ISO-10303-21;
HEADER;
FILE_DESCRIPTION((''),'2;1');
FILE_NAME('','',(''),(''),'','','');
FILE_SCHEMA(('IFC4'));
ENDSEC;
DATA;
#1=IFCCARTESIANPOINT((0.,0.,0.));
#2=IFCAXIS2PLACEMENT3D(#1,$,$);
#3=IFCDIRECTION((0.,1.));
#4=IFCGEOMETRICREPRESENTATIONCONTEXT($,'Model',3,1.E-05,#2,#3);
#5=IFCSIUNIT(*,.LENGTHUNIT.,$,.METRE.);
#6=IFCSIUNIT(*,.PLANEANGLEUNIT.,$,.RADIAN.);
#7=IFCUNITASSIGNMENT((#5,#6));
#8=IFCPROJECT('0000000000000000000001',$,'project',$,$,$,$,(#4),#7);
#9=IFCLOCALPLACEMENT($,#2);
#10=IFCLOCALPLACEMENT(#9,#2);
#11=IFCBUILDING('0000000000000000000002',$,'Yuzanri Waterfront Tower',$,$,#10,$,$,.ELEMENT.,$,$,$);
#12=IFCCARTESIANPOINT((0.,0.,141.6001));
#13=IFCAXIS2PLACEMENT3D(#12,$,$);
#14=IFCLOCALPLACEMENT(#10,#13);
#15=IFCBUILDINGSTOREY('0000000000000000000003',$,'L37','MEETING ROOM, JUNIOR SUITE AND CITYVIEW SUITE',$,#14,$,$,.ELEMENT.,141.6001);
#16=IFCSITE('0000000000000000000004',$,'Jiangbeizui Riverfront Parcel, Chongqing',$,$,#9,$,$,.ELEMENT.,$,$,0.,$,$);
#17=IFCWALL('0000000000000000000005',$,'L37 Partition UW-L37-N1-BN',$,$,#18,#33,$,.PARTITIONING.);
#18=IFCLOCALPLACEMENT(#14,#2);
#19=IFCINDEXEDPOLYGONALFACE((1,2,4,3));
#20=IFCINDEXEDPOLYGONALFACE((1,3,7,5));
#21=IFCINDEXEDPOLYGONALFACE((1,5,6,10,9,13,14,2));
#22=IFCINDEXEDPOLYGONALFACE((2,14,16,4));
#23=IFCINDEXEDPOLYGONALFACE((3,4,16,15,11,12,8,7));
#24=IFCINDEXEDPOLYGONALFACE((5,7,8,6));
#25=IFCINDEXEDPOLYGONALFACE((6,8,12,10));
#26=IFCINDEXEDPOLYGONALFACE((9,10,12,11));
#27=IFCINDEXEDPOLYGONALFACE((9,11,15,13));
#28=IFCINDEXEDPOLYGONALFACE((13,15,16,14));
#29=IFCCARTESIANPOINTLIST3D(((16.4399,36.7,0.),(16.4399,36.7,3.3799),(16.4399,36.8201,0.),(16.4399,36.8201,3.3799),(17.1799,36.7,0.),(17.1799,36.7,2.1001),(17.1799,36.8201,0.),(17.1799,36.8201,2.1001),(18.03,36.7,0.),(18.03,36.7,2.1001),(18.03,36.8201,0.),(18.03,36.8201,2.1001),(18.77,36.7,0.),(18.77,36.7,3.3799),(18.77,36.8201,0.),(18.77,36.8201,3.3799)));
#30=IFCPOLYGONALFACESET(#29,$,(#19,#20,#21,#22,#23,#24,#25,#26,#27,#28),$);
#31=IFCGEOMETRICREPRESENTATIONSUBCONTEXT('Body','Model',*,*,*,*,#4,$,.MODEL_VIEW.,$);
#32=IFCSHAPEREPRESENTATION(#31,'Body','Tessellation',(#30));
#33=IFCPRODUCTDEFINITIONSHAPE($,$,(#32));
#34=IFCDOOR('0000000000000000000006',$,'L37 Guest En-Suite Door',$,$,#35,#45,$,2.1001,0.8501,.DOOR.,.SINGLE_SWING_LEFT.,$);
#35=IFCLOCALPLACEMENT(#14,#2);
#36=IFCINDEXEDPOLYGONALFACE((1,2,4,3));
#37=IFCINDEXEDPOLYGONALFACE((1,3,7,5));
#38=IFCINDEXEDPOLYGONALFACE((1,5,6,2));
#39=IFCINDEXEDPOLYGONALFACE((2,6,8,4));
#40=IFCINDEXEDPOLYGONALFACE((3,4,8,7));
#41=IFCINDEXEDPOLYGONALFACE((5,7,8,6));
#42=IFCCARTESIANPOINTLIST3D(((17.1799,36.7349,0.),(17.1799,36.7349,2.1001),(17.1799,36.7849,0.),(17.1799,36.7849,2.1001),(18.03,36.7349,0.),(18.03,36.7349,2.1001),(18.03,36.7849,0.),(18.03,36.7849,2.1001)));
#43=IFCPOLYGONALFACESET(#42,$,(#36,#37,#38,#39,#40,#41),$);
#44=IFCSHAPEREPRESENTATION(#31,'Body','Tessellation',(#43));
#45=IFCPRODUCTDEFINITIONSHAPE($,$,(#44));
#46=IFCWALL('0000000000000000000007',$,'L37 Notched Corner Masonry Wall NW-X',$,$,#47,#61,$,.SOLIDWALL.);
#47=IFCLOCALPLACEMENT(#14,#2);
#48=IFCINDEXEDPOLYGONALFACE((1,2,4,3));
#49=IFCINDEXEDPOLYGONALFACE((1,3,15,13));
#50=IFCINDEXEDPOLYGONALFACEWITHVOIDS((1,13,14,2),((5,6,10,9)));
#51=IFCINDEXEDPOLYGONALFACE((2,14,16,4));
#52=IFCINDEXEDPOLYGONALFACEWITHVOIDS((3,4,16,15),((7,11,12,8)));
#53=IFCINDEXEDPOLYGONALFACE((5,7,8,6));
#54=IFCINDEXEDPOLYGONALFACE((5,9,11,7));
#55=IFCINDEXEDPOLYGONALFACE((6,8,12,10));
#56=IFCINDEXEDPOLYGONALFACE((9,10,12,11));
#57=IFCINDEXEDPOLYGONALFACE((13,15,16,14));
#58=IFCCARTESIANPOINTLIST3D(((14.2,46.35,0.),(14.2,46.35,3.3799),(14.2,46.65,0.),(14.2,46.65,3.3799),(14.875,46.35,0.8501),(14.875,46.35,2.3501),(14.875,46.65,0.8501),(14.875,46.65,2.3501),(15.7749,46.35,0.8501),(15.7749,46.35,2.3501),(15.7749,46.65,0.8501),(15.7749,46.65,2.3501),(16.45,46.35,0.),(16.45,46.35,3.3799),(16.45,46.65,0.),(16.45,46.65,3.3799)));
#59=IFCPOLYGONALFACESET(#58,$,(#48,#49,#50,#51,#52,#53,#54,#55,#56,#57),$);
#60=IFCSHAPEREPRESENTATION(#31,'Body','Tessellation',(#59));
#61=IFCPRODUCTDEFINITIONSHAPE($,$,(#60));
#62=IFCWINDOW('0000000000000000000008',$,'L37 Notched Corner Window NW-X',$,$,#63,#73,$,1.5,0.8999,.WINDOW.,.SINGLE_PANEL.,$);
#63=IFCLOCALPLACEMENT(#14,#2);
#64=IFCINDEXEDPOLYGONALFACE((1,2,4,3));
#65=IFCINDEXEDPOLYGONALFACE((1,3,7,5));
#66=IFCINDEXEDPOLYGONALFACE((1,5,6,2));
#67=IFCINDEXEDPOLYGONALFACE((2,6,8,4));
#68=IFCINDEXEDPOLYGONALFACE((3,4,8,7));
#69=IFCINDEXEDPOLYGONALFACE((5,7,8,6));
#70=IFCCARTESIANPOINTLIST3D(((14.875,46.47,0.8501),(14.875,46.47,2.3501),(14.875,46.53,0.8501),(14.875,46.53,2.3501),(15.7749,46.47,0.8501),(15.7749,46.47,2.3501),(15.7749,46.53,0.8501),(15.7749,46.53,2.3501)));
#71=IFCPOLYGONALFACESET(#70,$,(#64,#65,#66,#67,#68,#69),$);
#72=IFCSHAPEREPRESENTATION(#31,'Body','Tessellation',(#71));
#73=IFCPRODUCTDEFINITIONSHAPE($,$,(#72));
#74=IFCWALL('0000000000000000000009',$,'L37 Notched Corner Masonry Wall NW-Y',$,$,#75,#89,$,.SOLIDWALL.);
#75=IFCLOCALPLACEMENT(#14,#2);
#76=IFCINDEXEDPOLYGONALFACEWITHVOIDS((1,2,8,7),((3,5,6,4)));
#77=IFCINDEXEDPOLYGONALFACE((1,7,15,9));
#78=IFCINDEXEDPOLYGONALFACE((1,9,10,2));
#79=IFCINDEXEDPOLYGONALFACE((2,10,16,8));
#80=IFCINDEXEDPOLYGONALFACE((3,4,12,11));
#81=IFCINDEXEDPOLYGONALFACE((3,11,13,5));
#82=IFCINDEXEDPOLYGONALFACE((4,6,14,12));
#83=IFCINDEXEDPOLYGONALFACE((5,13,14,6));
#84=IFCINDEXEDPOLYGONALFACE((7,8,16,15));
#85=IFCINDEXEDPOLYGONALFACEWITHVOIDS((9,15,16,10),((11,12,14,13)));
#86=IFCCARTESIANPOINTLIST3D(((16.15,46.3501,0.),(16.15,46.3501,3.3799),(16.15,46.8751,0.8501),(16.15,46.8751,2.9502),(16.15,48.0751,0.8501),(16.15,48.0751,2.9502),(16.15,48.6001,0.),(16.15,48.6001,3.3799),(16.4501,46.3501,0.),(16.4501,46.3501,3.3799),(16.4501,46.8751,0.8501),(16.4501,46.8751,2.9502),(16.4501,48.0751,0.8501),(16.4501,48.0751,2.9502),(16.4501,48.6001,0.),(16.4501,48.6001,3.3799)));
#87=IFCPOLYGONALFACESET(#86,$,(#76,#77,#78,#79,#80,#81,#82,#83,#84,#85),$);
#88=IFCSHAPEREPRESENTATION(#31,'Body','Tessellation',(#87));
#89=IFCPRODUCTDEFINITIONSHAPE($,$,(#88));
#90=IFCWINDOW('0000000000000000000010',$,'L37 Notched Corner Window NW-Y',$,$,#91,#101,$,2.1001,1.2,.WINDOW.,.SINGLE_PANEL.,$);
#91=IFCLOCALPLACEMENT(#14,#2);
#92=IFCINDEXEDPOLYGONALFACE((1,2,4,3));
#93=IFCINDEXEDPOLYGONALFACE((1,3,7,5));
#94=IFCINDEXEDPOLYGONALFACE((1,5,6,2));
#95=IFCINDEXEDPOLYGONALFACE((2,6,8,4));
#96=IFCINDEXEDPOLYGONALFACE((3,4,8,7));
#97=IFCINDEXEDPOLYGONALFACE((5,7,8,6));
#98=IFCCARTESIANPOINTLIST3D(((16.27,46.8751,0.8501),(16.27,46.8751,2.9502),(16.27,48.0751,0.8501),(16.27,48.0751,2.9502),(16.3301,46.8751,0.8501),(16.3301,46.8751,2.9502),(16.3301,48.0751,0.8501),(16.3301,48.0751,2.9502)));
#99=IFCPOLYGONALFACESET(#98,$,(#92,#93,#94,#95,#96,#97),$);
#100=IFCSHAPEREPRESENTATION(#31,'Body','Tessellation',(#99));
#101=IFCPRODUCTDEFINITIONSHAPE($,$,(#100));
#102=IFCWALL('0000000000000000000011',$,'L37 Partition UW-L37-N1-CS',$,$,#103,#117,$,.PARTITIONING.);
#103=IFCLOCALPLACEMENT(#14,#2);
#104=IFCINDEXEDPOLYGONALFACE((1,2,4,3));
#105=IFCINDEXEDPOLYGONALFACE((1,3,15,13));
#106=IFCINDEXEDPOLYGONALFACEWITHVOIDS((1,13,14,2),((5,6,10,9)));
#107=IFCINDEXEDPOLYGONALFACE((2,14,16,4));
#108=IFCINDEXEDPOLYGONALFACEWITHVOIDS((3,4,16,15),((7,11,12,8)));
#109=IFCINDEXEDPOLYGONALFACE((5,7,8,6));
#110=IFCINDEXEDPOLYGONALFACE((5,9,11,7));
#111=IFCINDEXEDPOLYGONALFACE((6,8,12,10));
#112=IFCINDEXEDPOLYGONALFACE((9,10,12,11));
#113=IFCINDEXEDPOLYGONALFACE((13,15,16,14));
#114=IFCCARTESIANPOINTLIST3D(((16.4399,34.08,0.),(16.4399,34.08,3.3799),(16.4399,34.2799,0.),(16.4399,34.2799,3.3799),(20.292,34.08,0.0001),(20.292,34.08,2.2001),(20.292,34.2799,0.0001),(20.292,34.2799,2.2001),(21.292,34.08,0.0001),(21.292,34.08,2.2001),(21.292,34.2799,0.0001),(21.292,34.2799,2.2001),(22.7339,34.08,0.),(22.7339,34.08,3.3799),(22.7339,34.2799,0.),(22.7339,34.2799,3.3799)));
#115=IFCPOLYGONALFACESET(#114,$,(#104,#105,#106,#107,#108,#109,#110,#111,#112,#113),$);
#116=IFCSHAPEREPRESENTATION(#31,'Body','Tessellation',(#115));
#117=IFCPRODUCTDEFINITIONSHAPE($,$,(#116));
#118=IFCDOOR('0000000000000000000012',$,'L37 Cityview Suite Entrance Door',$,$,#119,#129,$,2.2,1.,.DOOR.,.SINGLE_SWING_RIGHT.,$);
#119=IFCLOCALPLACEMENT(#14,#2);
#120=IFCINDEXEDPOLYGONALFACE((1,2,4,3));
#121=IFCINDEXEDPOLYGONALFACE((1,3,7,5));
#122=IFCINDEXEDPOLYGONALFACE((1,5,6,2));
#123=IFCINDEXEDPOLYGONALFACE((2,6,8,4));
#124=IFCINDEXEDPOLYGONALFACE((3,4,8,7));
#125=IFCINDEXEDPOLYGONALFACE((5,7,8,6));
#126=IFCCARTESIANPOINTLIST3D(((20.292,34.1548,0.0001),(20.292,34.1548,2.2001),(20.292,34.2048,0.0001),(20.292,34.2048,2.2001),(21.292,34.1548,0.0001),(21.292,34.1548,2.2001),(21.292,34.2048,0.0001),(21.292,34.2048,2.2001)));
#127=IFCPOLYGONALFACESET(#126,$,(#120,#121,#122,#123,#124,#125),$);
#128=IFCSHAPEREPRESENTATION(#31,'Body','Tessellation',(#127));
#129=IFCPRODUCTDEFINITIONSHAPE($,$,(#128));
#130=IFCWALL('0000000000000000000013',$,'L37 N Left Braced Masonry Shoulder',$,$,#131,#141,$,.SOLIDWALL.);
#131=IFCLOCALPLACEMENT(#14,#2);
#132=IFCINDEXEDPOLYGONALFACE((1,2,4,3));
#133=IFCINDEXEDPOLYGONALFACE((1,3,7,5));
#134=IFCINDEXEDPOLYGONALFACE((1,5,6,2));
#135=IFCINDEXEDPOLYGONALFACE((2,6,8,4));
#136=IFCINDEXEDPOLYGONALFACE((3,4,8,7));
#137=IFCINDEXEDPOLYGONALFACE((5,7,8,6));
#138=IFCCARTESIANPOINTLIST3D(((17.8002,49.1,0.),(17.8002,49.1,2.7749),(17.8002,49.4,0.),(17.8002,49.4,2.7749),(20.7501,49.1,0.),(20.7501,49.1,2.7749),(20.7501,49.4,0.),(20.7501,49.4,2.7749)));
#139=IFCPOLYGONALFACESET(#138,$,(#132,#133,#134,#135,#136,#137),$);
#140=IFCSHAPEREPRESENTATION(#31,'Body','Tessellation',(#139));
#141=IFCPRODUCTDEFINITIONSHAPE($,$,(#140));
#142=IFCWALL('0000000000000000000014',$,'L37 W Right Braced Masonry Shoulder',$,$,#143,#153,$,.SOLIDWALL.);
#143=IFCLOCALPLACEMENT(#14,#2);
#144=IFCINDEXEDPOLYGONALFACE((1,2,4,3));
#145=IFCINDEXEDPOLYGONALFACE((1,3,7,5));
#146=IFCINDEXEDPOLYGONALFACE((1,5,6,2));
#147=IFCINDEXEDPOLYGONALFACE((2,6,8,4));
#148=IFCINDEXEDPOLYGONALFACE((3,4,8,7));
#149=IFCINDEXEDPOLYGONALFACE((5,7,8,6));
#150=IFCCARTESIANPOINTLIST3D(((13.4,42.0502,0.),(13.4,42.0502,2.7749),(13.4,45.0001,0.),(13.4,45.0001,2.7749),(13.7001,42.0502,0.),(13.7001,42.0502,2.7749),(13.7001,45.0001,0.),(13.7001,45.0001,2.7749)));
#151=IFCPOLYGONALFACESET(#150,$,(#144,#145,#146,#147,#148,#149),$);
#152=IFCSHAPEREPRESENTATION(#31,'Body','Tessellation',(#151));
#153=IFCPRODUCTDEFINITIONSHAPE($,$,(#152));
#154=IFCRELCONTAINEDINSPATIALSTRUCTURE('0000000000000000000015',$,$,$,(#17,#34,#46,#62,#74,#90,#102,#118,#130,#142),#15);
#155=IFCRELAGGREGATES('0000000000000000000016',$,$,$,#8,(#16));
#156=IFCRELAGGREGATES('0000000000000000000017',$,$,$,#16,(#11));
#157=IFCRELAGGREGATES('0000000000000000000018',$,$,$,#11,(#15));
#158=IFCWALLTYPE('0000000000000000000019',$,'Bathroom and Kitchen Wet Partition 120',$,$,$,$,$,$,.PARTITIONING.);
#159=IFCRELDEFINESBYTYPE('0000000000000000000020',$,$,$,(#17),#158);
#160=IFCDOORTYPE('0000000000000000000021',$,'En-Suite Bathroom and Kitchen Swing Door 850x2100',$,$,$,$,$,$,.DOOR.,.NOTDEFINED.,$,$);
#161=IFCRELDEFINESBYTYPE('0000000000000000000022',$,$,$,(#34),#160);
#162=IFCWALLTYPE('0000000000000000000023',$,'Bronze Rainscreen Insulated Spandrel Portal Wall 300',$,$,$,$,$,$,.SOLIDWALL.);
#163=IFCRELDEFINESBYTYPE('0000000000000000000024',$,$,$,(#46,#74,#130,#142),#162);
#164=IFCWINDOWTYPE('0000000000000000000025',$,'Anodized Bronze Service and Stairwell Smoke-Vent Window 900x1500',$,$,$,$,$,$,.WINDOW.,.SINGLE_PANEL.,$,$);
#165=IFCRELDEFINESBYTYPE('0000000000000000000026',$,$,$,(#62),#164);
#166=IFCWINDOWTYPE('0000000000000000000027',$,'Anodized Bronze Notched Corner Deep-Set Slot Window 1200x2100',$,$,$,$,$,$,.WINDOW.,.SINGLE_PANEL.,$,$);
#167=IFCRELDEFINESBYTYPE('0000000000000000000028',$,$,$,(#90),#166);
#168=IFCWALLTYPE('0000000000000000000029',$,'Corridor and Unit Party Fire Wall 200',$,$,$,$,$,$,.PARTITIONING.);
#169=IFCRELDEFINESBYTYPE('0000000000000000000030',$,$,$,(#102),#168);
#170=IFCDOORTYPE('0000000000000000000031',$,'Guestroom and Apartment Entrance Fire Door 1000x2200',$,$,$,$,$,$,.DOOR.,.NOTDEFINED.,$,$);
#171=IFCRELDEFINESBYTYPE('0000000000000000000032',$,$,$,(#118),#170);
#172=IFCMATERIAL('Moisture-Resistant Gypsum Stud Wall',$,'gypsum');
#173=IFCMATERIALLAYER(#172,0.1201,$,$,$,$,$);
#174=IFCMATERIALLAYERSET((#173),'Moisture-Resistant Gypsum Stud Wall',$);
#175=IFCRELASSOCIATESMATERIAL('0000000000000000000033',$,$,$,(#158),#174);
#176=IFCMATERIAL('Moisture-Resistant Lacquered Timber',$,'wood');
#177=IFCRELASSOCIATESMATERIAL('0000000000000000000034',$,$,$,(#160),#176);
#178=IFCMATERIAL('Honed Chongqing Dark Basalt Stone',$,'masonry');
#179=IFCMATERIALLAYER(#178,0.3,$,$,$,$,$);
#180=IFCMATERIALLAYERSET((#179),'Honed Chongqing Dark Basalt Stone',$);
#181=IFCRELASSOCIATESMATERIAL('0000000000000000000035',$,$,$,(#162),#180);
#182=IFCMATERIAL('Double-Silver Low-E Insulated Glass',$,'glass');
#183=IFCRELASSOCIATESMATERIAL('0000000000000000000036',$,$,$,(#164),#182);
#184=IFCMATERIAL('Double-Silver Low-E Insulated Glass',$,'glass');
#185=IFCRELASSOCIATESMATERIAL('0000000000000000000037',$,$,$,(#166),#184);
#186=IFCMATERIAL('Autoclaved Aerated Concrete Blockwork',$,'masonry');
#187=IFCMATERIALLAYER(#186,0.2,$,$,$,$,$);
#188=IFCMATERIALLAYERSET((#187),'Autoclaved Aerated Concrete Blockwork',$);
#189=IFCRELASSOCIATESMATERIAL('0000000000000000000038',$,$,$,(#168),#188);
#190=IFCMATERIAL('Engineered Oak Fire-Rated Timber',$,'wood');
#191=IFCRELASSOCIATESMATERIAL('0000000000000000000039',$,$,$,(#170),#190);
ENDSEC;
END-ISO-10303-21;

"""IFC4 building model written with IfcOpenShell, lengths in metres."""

from ifc_helpers import new_model, si_unit, direction, frame, frame_2d, origin, place, context, subcontext, project, spatial, rectangle, extrude, source, transform, mapped, material, layer, layer_set, type_object, element, fill, save


model = new_model("IFC4")

# Units and contexts
model_context = context("Model", 3, precision=1e-05, world=origin(), true_north=direction((0.0, 1.0)))
body_context = subcontext(model_context, "Body", "Model", "MODEL_VIEW")
ifc_project = project(units=[si_unit("LENGTHUNIT", "METRE"), si_unit("PLANEANGLEUNIT", "RADIAN")], contexts=[model_context])

# Site, building, storey
site_placement = place(None, origin())
site = spatial("IfcSite", under=ifc_project, at=site_placement, Name="Jiangbeizui Riverfront Parcel, Chongqing", CompositionType="ELEMENT", RefElevation=0.0)
building_placement = place(site_placement, origin())
building = spatial("IfcBuilding", under=site, at=building_placement, Name="Yuzanri Waterfront Tower", CompositionType="ELEMENT")
storey_placement = place(building_placement, frame((0.0, 0.0, 141.6001)))
storey = spatial("IfcBuildingStorey", under=building, at=storey_placement, Name="L37", Description="MEETING ROOM, JUNIOR SUITE AND CITYVIEW SUITE", CompositionType="ELEMENT", Elevation=141.6001)

# Wall, opening, door
ifc_material_1 = material(Name="Moisture-Resistant Gypsum Stud Wall", Category="gypsum")
ifc_layer_1 = layer(ifc_material_1, 0.1201)
ifc_layer_set_1 = layer_set([ifc_layer_1], Name="Moisture-Resistant Gypsum Stud Wall")
wall_type_1 = type_object("IfcWallType", Name="Bathroom and Kitchen Wet Partition 120", PredefinedType="PARTITIONING", material=ifc_layer_set_1)
wall_1_placement = place(storey_placement, frame((16.4399, 36.76, 0.0), z_axis=(0.0, 0.0, 1.0), x_axis=(1.0, 0.0, 0.0)))
wall_1 = element("IfcWall", 1, at=wall_1_placement, inside=storey, type_object=wall_type_1, Name="L37 Partition UW-L37-N1-BN", PredefinedType="PARTITIONING", context=body_context, shape_type="SweptSolid", body=[
    extrude(rectangle(XDim=2.3301, YDim=0.1201, at=frame_2d((1.165, 0.0))), origin(), (0.0, 0.0, 1.0), 3.3799),
])
opening_1_placement = place(wall_1_placement, frame((0.74, 0.0, 0.0)))
opening_1 = element("IfcOpeningElement", 2, at=opening_1_placement, cuts=wall_1, PredefinedType="OPENING", context=body_context, shape_type="SweptSolid", body=[
    extrude(rectangle(XDim=0.8501, YDim=2.1001, at=frame_2d((0.425, 1.05))), frame((0.0, 0.075, 0.0), z_axis=(0.0, -1.0, 0.0), x_axis=(1.0, 0.0, 0.0)), (0.0, 0.0, 1.0), 0.1499),
])
ifc_material_2 = material(Name="Moisture-Resistant Lacquered Timber", Category="wood")
door_type_1 = type_object("IfcDoorType", Name="En-Suite Bathroom and Kitchen Swing Door 850x2100", OperationType="NOTDEFINED", PredefinedType="DOOR", material=ifc_material_2)
shared_shape_1 = source(origin(), body_context, "Body", "SweptSolid", [
    extrude(rectangle(XDim=0.8501, YDim=2.1001, at=frame_2d((0.425, 1.05))), frame((0.0, 0.0249, 0.0), z_axis=(0.0, -1.0, 0.0), x_axis=(1.0, 0.0, 0.0)), (0.0, 0.0, 1.0), 0.05),
])
door_1_placement = place(opening_1_placement, origin())
door_1 = element("IfcDoor", 3, at=door_1_placement, inside=storey, type_object=door_type_1, Name="L37 Guest En-Suite Door", OperationType="SINGLE_SWING_LEFT", OverallHeight=2.1001, OverallWidth=0.8501, PredefinedType="DOOR", context=body_context, shape_type="MappedRepresentation", body=[
    mapped(shared_shape_1, transform((0.0, 0.0, 0.0), scale=1.0)),
])
fill(opening_1, door_1)

# Walls, openings, windows
ifc_material_3 = material(Name="Honed Chongqing Dark Basalt Stone", Category="masonry")
ifc_layer_2 = layer(ifc_material_3, 0.3)
ifc_layer_set_2 = layer_set([ifc_layer_2], Name="Honed Chongqing Dark Basalt Stone")
wall_type_2 = type_object("IfcWallType", Name="Bronze Rainscreen Insulated Spandrel Portal Wall 300", PredefinedType="SOLIDWALL", material=ifc_layer_set_2)
wall_2_placement = place(storey_placement, frame((16.45, 46.5, 0.0), z_axis=(0.0, 0.0, 1.0), x_axis=(-1.0, 0.0, 0.0)))
wall_2 = element("IfcWall", 4, at=wall_2_placement, inside=storey, type_object=wall_type_2, Name="L37 Notched Corner Masonry Wall NW-X", PredefinedType="SOLIDWALL", context=body_context, shape_type="SweptSolid", body=[
    extrude(rectangle(XDim=2.25, YDim=0.3, at=frame_2d((1.125, 0.0))), origin(), (0.0, 0.0, 1.0), 3.3799),
])
opening_2_placement = place(wall_2_placement, frame((0.675, 0.0, 0.8501)))
opening_2 = element("IfcOpeningElement", 5, at=opening_2_placement, cuts=wall_2, PredefinedType="OPENING", context=body_context, shape_type="SweptSolid", body=[
    extrude(rectangle(XDim=0.8999, YDim=1.5, at=frame_2d((0.45, 0.75))), frame((0.0, 0.165, 0.0), z_axis=(0.0, -1.0, 0.0), x_axis=(1.0, 0.0, 0.0)), (0.0, 0.0, 1.0), 0.3298),
])
ifc_material_4 = material(Name="Double-Silver Low-E Insulated Glass", Category="glass")
window_type_1 = type_object("IfcWindowType", Name="Anodized Bronze Service and Stairwell Smoke-Vent Window 900x1500", PartitioningType="SINGLE_PANEL", PredefinedType="WINDOW", material=ifc_material_4)
shared_shape_2 = source(origin(), body_context, "Body", "SweptSolid", [
    extrude(rectangle(XDim=0.8999, YDim=1.5, at=frame_2d((0.45, 0.75))), frame((0.0, 0.03, 0.0), z_axis=(0.0, -1.0, 0.0), x_axis=(1.0, 0.0, 0.0)), (0.0, 0.0, 1.0), 0.0601),
])
window_1_placement = place(opening_2_placement, origin())
window_1 = element("IfcWindow", 6, at=window_1_placement, inside=storey, type_object=window_type_1, Name="L37 Notched Corner Window NW-X", OverallHeight=1.5, OverallWidth=0.8999, PartitioningType="SINGLE_PANEL", PredefinedType="WINDOW", context=body_context, shape_type="MappedRepresentation", body=[
    mapped(shared_shape_2, transform((0.0, 0.0, 0.0), scale=1.0)),
])
fill(opening_2, window_1)
wall_3_placement = place(storey_placement, frame((16.3, 48.6001, 0.0), z_axis=(0.0, 0.0, 1.0), x_axis=(0.0, -1.0, 0.0)))
wall_3 = element("IfcWall", 7, at=wall_3_placement, inside=storey, type_object=wall_type_2, Name="L37 Notched Corner Masonry Wall NW-Y", PredefinedType="SOLIDWALL", context=body_context, shape_type="SweptSolid", body=[
    extrude(rectangle(XDim=2.25, YDim=0.3, at=frame_2d((1.125, 0.0))), origin(), (0.0, 0.0, 1.0), 3.3799),
])
opening_3_placement = place(wall_3_placement, frame((0.5249, 0.0, 0.8501)))
opening_3 = element("IfcOpeningElement", 8, at=opening_3_placement, cuts=wall_3, PredefinedType="OPENING", context=body_context, shape_type="SweptSolid", body=[
    extrude(rectangle(XDim=1.2, YDim=2.1001, at=frame_2d((0.6001, 1.05))), frame((0.0, 0.165, 0.0), z_axis=(0.0, -1.0, 0.0), x_axis=(1.0, 0.0, 0.0)), (0.0, 0.0, 1.0), 0.3298),
])
ifc_material_5 = material(Name="Double-Silver Low-E Insulated Glass", Category="glass")
window_type_2 = type_object("IfcWindowType", Name="Anodized Bronze Notched Corner Deep-Set Slot Window 1200x2100", PartitioningType="SINGLE_PANEL", PredefinedType="WINDOW", material=ifc_material_5)
shared_shape_3 = source(origin(), body_context, "Body", "SweptSolid", [
    extrude(rectangle(XDim=1.2, YDim=2.1001, at=frame_2d((0.6001, 1.05))), frame((0.0, 0.03, 0.0), z_axis=(0.0, -1.0, 0.0), x_axis=(1.0, 0.0, 0.0)), (0.0, 0.0, 1.0), 0.0601),
])
window_2_placement = place(opening_3_placement, origin())
window_2 = element("IfcWindow", 9, at=window_2_placement, inside=storey, type_object=window_type_2, Name="L37 Notched Corner Window NW-Y", OverallHeight=2.1001, OverallWidth=1.2, PartitioningType="SINGLE_PANEL", PredefinedType="WINDOW", context=body_context, shape_type="MappedRepresentation", body=[
    mapped(shared_shape_3, transform((0.0, 0.0, 0.0), scale=1.0)),
])
fill(opening_3, window_2)

# Wall, opening, door
ifc_material_6 = material(Name="Autoclaved Aerated Concrete Blockwork", Category="masonry")
ifc_layer_3 = layer(ifc_material_6, 0.2)
ifc_layer_set_3 = layer_set([ifc_layer_3], Name="Autoclaved Aerated Concrete Blockwork")
wall_type_3 = type_object("IfcWallType", Name="Corridor and Unit Party Fire Wall 200", PredefinedType="PARTITIONING", material=ifc_layer_set_3)
wall_4_placement = place(storey_placement, frame((16.4399, 34.1799, 0.0), z_axis=(0.0, 0.0, 1.0), x_axis=(1.0, 0.0, 0.0)))
wall_4 = element("IfcWall", 10, at=wall_4_placement, inside=storey, type_object=wall_type_3, Name="L37 Partition UW-L37-N1-CS", PredefinedType="PARTITIONING", context=body_context, shape_type="SweptSolid", body=[
    extrude(rectangle(XDim=6.2939, YDim=0.2, at=frame_2d((3.147, 0.0))), origin(), (0.0, 0.0, 1.0), 3.3799),
])
opening_4_placement = place(wall_4_placement, frame((3.8521, 0.0, 0.0)))
opening_4 = element("IfcOpeningElement", 11, at=opening_4_placement, cuts=wall_4, PredefinedType="OPENING", context=body_context, shape_type="SweptSolid", body=[
    extrude(rectangle(XDim=1.0, YDim=2.2, at=frame_2d((0.5, 1.1001))), frame((0.0, 0.1147, 0.0), z_axis=(0.0, -1.0, 0.0), x_axis=(1.0, 0.0, 0.0)), (0.0, 0.0, 1.0), 0.2297),
])
ifc_material_7 = material(Name="Engineered Oak Fire-Rated Timber", Category="wood")
door_type_2 = type_object("IfcDoorType", Name="Guestroom and Apartment Entrance Fire Door 1000x2200", OperationType="NOTDEFINED", PredefinedType="DOOR", material=ifc_material_7)
shared_shape_4 = source(origin(), body_context, "Body", "SweptSolid", [
    extrude(rectangle(XDim=1.0, YDim=2.2, at=frame_2d((0.5, 1.1001))), frame((0.0, 0.0249, 0.0), z_axis=(0.0, -1.0, 0.0), x_axis=(1.0, 0.0, 0.0)), (0.0, 0.0, 1.0), 0.05),
])
door_2_placement = place(opening_4_placement, origin())
door_2 = element("IfcDoor", 12, at=door_2_placement, inside=storey, type_object=door_type_2, Name="L37 Cityview Suite Entrance Door", OperationType="SINGLE_SWING_RIGHT", OverallHeight=2.2, OverallWidth=1.0, PredefinedType="DOOR", context=body_context, shape_type="MappedRepresentation", body=[
    mapped(shared_shape_4, transform((0.0, 0.0, 0.0), scale=1.0)),
])
fill(opening_4, door_2)

# Walls
shared_shape_5 = source(origin(), body_context, "Body", "SweptSolid", [
    extrude(rectangle(XDim=2.95, YDim=0.3, at=frame_2d((1.4751, 0.0))), origin(), (0.0, 0.0, 1.0), 2.7749),
])
for number, where, z_axis, x_axis, name in (
    (13, (17.8, 49.25, 0.0), (0.0, 0.0, 1.0), (1.0, 0.0, 0.0), "L37 N Left Braced Masonry Shoulder"),
    (14, (13.55, 42.05, 0.0), (0.0, 0.0, 1.0), (0.0, 1.0, 0.0), "L37 W Right Braced Masonry Shoulder"),
):
    element("IfcWall", number, at=place(storey_placement, frame(where, z_axis=z_axis, x_axis=x_axis)), inside=storey, type_object=wall_type_2, Name=name, PredefinedType="SOLIDWALL", context=body_context, shape_type="MappedRepresentation", body=[
        mapped(shared_shape_5, transform((0.0, 0.0, 0.0), scale=1.0)),
    ])

save(model, "model.ifc")
